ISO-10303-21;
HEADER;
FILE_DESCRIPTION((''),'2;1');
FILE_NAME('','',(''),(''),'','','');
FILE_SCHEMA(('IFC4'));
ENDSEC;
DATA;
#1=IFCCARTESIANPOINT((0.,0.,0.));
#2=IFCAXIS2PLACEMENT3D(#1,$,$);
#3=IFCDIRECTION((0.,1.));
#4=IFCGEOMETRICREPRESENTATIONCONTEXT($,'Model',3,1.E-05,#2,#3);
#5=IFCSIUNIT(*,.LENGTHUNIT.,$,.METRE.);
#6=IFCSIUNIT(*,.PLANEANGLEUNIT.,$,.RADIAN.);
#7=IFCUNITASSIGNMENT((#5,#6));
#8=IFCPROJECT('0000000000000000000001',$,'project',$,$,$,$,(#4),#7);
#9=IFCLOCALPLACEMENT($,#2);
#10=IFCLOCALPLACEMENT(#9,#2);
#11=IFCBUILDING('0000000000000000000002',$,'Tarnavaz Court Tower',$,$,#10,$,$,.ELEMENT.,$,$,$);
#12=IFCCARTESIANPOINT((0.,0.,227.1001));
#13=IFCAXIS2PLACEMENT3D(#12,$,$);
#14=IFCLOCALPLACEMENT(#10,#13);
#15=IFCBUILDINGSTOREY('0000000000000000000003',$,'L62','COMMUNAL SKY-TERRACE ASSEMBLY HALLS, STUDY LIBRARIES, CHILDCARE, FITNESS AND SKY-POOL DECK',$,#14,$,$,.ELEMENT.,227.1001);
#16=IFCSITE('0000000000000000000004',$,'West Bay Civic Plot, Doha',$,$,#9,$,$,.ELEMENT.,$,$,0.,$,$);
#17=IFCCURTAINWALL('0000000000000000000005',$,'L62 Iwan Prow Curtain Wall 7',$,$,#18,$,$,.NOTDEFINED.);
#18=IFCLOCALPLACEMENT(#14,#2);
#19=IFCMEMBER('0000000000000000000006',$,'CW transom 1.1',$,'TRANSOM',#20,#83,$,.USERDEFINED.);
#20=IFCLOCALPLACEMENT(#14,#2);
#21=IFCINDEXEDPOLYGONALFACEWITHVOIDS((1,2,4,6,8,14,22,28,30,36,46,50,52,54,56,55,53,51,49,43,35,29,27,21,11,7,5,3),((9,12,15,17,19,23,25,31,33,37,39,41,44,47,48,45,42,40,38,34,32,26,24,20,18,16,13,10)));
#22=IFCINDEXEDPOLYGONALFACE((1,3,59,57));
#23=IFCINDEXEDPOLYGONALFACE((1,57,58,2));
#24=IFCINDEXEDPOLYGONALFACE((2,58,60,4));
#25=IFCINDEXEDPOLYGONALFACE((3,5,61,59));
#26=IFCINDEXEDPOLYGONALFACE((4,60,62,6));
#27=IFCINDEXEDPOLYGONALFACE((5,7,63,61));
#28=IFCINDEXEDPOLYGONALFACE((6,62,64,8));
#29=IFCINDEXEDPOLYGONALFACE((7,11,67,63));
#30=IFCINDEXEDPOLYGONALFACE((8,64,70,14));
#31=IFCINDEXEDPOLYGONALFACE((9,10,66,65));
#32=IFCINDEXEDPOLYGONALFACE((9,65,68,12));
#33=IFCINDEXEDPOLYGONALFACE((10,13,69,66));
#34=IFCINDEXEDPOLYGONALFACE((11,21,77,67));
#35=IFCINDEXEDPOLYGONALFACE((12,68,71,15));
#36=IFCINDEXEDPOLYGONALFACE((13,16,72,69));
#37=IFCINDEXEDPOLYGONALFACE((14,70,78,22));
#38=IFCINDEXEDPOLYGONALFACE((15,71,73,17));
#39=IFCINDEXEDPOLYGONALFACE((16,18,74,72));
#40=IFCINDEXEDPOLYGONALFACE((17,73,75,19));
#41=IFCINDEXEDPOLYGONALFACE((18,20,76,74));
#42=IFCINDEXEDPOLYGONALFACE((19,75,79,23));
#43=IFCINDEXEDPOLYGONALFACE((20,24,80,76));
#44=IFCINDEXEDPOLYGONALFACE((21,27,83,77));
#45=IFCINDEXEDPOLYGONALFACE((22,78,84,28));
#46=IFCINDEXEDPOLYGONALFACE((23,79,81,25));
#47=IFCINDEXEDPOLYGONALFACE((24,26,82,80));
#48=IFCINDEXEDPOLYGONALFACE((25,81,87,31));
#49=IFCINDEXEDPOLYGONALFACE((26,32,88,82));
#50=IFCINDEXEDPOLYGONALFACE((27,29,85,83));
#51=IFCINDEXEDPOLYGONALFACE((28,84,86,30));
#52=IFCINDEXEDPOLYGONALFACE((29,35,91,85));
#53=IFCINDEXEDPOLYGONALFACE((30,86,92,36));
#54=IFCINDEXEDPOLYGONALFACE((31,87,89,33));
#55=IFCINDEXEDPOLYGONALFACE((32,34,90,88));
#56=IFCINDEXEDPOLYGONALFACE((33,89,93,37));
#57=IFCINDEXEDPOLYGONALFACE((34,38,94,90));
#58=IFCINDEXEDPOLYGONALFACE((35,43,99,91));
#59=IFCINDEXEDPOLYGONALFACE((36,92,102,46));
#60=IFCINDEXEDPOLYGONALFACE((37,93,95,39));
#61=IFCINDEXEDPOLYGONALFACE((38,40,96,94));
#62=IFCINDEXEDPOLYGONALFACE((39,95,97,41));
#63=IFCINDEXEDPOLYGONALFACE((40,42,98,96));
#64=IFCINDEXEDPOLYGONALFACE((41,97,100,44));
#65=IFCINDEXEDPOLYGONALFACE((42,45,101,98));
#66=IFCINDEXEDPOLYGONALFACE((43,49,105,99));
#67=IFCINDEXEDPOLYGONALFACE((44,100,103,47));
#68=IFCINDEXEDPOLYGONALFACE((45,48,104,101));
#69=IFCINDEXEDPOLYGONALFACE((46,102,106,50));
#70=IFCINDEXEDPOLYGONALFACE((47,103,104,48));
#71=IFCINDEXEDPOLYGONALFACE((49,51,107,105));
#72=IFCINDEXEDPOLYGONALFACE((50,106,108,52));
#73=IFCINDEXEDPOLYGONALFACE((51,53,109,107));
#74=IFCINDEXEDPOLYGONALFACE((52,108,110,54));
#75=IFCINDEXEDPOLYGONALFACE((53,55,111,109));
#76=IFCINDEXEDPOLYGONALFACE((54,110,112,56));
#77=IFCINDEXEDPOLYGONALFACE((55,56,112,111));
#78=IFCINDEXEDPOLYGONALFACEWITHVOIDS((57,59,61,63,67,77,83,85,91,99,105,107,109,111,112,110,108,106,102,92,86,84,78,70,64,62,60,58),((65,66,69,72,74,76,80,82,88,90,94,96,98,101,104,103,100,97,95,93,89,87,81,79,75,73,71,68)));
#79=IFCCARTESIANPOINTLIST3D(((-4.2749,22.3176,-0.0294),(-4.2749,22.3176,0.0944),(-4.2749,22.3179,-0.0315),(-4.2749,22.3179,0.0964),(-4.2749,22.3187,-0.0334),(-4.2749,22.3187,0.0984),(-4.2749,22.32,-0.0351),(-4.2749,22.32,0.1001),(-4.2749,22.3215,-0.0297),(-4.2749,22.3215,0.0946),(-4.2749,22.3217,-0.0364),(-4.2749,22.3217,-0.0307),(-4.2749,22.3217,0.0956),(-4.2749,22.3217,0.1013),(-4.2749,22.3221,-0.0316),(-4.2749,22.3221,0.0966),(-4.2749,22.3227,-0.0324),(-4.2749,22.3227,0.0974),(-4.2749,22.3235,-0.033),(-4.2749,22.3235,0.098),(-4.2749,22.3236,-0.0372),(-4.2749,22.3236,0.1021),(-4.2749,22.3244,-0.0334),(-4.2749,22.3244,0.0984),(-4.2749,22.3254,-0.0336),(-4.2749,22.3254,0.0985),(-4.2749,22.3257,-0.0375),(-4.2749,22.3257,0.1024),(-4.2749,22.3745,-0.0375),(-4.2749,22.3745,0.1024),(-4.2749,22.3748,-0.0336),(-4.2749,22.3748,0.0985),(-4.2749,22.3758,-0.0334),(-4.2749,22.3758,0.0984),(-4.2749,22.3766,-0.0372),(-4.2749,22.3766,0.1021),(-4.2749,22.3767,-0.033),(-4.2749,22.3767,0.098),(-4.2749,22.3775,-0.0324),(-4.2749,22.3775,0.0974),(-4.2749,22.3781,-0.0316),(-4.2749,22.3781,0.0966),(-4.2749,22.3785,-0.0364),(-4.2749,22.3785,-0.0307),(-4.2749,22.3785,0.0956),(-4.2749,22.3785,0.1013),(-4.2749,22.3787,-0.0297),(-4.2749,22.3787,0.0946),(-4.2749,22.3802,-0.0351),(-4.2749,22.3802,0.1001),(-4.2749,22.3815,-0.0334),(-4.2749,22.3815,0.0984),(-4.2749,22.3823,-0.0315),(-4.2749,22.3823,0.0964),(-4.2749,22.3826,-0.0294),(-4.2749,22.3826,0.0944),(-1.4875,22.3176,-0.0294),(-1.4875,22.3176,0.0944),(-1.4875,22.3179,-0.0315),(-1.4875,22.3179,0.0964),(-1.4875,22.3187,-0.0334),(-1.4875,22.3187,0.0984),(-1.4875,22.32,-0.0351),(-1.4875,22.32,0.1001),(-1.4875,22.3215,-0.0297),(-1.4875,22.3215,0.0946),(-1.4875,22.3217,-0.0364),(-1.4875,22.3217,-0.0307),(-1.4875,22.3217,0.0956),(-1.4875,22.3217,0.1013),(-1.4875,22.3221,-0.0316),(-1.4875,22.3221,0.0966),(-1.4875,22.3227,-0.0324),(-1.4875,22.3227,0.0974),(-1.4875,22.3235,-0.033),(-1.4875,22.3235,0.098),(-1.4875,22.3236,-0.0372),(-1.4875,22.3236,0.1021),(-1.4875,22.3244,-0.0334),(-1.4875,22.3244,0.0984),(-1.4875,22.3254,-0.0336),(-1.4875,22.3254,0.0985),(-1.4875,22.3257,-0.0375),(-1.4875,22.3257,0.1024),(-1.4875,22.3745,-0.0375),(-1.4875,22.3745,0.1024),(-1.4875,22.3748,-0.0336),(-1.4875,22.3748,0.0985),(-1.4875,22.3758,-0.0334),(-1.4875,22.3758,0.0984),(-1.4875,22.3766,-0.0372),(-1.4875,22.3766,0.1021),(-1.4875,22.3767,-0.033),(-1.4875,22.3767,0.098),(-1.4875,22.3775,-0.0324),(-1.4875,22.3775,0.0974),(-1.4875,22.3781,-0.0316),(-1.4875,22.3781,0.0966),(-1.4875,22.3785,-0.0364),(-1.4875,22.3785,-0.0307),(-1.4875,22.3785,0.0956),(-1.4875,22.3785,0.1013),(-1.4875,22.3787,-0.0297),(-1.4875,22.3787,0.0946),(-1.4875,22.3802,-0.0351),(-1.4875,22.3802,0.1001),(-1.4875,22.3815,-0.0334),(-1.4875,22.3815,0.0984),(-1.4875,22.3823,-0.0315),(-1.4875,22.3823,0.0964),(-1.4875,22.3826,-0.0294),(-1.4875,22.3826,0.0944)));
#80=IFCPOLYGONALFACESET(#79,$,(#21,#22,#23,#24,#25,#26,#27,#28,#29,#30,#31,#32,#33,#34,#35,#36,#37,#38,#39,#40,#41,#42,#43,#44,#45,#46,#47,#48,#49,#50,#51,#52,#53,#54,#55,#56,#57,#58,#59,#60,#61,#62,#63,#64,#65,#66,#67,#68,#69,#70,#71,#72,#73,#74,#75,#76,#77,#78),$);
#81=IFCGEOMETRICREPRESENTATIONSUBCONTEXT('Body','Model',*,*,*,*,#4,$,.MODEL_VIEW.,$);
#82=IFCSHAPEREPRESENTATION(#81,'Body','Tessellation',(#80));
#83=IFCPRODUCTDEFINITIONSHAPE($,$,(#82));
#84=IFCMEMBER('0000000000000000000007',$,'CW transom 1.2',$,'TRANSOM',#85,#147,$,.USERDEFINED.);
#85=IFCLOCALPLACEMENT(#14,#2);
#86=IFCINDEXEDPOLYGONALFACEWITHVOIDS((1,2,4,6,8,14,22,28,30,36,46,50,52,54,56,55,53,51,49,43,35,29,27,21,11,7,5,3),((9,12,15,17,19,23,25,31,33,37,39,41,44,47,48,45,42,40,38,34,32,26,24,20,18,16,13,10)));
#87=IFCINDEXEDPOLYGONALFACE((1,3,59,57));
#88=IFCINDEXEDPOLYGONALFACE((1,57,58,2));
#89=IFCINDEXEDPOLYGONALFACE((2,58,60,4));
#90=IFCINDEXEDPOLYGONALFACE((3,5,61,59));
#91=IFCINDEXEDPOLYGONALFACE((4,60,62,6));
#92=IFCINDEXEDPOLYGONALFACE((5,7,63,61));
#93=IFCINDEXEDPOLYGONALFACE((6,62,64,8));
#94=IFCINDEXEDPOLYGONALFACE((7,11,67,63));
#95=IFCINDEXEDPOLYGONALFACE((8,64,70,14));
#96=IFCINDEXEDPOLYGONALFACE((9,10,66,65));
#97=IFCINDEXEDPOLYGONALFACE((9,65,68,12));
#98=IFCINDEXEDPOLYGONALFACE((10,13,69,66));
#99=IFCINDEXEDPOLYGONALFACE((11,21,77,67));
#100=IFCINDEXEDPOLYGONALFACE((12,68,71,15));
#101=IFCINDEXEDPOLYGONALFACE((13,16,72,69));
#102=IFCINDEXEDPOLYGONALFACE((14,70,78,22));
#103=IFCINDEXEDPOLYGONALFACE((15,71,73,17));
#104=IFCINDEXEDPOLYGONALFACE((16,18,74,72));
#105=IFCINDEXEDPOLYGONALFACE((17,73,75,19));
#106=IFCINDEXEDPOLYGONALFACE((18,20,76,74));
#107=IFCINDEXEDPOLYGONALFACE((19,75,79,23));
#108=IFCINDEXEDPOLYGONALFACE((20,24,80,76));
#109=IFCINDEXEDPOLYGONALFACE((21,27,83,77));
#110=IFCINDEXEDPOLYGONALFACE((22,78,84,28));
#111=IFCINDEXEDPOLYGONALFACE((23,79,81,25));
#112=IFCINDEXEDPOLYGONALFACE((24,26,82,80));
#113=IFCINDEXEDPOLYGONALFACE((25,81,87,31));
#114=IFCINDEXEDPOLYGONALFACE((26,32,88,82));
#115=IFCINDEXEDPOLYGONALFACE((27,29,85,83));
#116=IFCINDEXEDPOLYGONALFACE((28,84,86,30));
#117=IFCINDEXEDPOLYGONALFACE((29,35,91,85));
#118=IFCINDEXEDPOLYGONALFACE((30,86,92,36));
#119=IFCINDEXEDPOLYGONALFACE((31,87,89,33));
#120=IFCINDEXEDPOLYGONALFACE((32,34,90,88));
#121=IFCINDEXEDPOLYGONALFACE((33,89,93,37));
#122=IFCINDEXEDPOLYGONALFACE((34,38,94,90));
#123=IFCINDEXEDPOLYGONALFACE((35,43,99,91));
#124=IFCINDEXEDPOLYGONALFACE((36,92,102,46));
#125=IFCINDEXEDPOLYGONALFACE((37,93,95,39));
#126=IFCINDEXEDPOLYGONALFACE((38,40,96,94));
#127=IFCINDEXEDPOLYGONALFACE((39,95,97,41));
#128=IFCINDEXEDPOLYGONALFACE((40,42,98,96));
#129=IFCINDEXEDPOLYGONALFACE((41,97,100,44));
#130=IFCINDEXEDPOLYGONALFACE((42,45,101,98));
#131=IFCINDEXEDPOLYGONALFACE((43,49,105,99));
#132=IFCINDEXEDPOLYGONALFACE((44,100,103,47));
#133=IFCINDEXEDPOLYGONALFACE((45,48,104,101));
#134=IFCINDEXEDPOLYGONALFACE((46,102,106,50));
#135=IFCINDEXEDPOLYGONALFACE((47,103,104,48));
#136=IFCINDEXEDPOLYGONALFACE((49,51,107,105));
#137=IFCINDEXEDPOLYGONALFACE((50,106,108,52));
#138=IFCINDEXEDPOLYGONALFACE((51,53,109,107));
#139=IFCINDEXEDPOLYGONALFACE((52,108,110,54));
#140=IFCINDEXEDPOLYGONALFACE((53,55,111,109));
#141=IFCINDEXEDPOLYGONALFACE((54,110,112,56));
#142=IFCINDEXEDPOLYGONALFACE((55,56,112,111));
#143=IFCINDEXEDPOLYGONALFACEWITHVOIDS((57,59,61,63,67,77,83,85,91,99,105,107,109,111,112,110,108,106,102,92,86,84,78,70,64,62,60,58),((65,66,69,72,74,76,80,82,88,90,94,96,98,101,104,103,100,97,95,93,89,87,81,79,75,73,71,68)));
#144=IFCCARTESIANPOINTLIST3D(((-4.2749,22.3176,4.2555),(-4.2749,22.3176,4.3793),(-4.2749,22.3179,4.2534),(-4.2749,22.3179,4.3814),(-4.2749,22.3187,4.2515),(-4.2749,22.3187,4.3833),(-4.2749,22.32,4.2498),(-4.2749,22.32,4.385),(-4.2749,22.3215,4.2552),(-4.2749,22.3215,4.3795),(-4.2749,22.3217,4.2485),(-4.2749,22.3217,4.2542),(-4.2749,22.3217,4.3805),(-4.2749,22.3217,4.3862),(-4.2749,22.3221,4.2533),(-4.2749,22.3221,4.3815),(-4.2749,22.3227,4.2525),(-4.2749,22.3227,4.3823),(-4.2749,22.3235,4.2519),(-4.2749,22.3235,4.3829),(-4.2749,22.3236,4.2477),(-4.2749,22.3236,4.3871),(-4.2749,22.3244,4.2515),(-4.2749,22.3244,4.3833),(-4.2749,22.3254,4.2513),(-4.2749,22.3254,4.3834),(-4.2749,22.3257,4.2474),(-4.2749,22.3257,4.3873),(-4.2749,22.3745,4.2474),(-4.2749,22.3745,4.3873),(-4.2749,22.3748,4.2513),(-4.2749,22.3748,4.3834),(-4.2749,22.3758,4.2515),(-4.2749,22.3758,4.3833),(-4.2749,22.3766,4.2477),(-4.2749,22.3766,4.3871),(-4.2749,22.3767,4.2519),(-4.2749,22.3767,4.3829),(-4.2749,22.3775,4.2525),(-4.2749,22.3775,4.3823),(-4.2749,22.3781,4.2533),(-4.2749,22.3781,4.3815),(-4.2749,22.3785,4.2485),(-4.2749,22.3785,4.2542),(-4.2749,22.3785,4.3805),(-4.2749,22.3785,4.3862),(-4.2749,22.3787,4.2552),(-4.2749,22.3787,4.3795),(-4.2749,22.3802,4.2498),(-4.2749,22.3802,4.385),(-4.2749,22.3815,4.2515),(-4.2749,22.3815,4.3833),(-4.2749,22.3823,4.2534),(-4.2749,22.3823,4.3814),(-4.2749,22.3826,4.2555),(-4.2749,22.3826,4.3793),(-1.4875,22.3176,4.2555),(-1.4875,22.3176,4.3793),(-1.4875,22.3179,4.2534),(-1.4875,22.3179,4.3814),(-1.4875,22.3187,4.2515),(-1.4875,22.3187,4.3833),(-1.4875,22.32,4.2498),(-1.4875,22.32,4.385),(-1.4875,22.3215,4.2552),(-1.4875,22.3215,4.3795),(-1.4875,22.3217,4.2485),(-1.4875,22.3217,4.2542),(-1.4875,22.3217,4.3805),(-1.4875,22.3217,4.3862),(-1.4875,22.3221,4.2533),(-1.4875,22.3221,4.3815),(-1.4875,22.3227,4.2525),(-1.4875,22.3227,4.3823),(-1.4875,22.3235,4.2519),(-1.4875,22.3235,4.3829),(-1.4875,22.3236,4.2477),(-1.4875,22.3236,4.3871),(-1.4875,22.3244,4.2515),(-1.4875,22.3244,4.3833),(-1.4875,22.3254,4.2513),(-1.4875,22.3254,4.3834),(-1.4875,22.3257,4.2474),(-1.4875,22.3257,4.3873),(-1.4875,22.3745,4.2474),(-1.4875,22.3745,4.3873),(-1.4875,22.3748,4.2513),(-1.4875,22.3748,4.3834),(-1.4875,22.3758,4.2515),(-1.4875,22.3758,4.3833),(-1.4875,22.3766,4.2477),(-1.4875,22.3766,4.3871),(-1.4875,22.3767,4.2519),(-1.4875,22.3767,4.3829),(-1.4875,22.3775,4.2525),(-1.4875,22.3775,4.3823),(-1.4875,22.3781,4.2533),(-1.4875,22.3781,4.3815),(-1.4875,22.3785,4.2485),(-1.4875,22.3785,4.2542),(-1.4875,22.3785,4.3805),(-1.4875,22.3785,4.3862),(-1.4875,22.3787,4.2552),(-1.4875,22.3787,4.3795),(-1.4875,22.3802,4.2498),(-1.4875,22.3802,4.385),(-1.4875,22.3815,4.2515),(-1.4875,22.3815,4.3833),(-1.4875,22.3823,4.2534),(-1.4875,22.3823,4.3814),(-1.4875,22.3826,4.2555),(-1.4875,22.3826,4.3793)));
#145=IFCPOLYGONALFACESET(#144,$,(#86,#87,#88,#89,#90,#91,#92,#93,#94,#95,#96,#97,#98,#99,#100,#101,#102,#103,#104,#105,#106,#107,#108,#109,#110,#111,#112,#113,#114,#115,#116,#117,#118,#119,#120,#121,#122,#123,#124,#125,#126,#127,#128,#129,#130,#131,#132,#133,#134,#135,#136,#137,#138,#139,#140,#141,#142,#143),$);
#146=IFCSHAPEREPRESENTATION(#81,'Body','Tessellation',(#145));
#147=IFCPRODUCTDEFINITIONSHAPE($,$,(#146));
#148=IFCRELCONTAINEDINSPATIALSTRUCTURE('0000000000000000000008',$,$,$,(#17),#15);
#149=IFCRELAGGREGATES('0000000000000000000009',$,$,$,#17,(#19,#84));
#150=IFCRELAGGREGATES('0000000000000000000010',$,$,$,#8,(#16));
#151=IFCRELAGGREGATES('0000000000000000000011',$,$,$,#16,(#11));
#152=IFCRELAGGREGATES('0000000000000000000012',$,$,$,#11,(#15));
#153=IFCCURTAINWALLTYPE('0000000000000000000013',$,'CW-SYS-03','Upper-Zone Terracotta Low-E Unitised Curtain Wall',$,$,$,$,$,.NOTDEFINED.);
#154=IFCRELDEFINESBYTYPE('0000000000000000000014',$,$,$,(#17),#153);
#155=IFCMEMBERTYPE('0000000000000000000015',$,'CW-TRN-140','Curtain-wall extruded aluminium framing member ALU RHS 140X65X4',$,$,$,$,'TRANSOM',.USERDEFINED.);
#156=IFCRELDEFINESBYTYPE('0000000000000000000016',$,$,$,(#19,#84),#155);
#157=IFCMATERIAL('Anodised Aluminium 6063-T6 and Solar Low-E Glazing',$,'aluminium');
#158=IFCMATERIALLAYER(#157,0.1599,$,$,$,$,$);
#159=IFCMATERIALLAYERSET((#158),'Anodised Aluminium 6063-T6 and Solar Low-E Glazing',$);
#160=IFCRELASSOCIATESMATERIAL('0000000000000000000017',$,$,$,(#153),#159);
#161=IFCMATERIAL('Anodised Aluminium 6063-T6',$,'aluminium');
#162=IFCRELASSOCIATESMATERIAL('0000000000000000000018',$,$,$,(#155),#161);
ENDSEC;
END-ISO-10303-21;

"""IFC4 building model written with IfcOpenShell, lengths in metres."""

from ifc_helpers import new_model, si_unit, direction, frame, origin, origin_2d, place, context, subcontext, project, spatial, hollow_rectangle, extrude, material, layer, layer_set, material_profile, profile_set, type_object, element, aggregate, save


model = new_model("IFC4")

# Units and contexts
model_context = context("Model", 3, precision=1e-05, world=origin(), true_north=direction((0.0, 1.0)))
body_context = subcontext(model_context, "Body", "Model", "MODEL_VIEW")
ifc_project = project(units=[si_unit("LENGTHUNIT", "METRE"), si_unit("PLANEANGLEUNIT", "RADIAN")], contexts=[model_context])

# Site, building, storey
site_placement = place(None, origin())
site = spatial("IfcSite", under=ifc_project, at=site_placement, Name="West Bay Civic Plot, Doha", CompositionType="ELEMENT", RefElevation=0.0)
building_placement = place(site_placement, origin())
building = spatial("IfcBuilding", under=site, at=building_placement, Name="Tarnavaz Court Tower", CompositionType="ELEMENT")
storey_placement = place(building_placement, frame((0.0, 0.0, 227.1001)))
storey = spatial("IfcBuildingStorey", under=building, at=storey_placement, Name="L62", Description="COMMUNAL SKY-TERRACE ASSEMBLY HALLS, STUDY LIBRARIES, CHILDCARE, FITNESS AND SKY-POOL DECK", CompositionType="ELEMENT", Elevation=227.1001)

# Curtain wall, members
ifc_material_1 = material(Name="Anodised Aluminium 6063-T6 and Solar Low-E Glazing", Category="aluminium")
ifc_layer_1 = layer(ifc_material_1, 0.1599)
ifc_layer_set_1 = layer_set([ifc_layer_1], Name="Anodised Aluminium 6063-T6 and Solar Low-E Glazing")
curtain_wall_type = type_object("IfcCurtainWallType", Name="CW-SYS-03", Description="Upper-Zone Terracotta Low-E Unitised Curtain Wall", PredefinedType="NOTDEFINED", material=ifc_layer_set_1)
curtain_wall_placement = place(storey_placement, origin())
curtain_wall = element("IfcCurtainWall", 1, at=curtain_wall_placement, inside=storey, type_object=curtain_wall_type, Name="L62 Iwan Prow Curtain Wall 7", PredefinedType="NOTDEFINED")
ifc_material_2 = material(Name="Anodised Aluminium 6063-T6", Category="aluminium")
ifc_material_profile_1 = material_profile(ifc_material_2, hollow_rectangle(XDim=0.0649, YDim=0.1399, WallThickness=0.0039, InnerFilletRadius=0.0039, OuterFilletRadius=0.0081, at=origin_2d()), Name="ALU RHS 140X65X4")
ifc_profile_set_1 = profile_set([ifc_material_profile_1], Name="Anodised Aluminium 6063-T6")
member_type_1 = type_object("IfcMemberType", Name="CW-TRN-140", Description="Curtain-wall extruded aluminium framing member ALU RHS 140X65X4", ElementType="TRANSOM", PredefinedType="USERDEFINED", material=ifc_profile_set_1)
member_1_placement = place(storey_placement, frame((-4.2749, 22.3501, 0.0325), z_axis=(1.0, 0.0, 0.0), x_axis=(0.0, 1.0, 0.0)))
member_1 = element("IfcMember", 2, at=member_1_placement, type_object=member_type_1, Name="CW transom 1.1", ObjectType="TRANSOM", PredefinedType="USERDEFINED", context=body_context, shape_type="SweptSolid", body=[
    extrude(hollow_rectangle(XDim=0.0649, YDim=0.1399, WallThickness=0.0039, InnerFilletRadius=0.0039, OuterFilletRadius=0.0081, at=origin_2d()), origin(), (0.0, 0.0, 1.0), 2.7874),
])
member_2_placement = place(storey_placement, frame((-4.2749, 22.3501, 4.3174), z_axis=(1.0, 0.0, 0.0), x_axis=(0.0, 1.0, 0.0)))
member_2 = element("IfcMember", 3, at=member_2_placement, type_object=member_type_1, Name="CW transom 1.2", ObjectType="TRANSOM", PredefinedType="USERDEFINED", context=body_context, shape_type="SweptSolid", body=[
    extrude(hollow_rectangle(XDim=0.0649, YDim=0.1399, WallThickness=0.0039, InnerFilletRadius=0.0039, OuterFilletRadius=0.0081, at=origin_2d()), origin(), (0.0, 0.0, 1.0), 2.7874),
])
aggregate(curtain_wall, [member_1, member_2])

save(model, "model.ifc")
